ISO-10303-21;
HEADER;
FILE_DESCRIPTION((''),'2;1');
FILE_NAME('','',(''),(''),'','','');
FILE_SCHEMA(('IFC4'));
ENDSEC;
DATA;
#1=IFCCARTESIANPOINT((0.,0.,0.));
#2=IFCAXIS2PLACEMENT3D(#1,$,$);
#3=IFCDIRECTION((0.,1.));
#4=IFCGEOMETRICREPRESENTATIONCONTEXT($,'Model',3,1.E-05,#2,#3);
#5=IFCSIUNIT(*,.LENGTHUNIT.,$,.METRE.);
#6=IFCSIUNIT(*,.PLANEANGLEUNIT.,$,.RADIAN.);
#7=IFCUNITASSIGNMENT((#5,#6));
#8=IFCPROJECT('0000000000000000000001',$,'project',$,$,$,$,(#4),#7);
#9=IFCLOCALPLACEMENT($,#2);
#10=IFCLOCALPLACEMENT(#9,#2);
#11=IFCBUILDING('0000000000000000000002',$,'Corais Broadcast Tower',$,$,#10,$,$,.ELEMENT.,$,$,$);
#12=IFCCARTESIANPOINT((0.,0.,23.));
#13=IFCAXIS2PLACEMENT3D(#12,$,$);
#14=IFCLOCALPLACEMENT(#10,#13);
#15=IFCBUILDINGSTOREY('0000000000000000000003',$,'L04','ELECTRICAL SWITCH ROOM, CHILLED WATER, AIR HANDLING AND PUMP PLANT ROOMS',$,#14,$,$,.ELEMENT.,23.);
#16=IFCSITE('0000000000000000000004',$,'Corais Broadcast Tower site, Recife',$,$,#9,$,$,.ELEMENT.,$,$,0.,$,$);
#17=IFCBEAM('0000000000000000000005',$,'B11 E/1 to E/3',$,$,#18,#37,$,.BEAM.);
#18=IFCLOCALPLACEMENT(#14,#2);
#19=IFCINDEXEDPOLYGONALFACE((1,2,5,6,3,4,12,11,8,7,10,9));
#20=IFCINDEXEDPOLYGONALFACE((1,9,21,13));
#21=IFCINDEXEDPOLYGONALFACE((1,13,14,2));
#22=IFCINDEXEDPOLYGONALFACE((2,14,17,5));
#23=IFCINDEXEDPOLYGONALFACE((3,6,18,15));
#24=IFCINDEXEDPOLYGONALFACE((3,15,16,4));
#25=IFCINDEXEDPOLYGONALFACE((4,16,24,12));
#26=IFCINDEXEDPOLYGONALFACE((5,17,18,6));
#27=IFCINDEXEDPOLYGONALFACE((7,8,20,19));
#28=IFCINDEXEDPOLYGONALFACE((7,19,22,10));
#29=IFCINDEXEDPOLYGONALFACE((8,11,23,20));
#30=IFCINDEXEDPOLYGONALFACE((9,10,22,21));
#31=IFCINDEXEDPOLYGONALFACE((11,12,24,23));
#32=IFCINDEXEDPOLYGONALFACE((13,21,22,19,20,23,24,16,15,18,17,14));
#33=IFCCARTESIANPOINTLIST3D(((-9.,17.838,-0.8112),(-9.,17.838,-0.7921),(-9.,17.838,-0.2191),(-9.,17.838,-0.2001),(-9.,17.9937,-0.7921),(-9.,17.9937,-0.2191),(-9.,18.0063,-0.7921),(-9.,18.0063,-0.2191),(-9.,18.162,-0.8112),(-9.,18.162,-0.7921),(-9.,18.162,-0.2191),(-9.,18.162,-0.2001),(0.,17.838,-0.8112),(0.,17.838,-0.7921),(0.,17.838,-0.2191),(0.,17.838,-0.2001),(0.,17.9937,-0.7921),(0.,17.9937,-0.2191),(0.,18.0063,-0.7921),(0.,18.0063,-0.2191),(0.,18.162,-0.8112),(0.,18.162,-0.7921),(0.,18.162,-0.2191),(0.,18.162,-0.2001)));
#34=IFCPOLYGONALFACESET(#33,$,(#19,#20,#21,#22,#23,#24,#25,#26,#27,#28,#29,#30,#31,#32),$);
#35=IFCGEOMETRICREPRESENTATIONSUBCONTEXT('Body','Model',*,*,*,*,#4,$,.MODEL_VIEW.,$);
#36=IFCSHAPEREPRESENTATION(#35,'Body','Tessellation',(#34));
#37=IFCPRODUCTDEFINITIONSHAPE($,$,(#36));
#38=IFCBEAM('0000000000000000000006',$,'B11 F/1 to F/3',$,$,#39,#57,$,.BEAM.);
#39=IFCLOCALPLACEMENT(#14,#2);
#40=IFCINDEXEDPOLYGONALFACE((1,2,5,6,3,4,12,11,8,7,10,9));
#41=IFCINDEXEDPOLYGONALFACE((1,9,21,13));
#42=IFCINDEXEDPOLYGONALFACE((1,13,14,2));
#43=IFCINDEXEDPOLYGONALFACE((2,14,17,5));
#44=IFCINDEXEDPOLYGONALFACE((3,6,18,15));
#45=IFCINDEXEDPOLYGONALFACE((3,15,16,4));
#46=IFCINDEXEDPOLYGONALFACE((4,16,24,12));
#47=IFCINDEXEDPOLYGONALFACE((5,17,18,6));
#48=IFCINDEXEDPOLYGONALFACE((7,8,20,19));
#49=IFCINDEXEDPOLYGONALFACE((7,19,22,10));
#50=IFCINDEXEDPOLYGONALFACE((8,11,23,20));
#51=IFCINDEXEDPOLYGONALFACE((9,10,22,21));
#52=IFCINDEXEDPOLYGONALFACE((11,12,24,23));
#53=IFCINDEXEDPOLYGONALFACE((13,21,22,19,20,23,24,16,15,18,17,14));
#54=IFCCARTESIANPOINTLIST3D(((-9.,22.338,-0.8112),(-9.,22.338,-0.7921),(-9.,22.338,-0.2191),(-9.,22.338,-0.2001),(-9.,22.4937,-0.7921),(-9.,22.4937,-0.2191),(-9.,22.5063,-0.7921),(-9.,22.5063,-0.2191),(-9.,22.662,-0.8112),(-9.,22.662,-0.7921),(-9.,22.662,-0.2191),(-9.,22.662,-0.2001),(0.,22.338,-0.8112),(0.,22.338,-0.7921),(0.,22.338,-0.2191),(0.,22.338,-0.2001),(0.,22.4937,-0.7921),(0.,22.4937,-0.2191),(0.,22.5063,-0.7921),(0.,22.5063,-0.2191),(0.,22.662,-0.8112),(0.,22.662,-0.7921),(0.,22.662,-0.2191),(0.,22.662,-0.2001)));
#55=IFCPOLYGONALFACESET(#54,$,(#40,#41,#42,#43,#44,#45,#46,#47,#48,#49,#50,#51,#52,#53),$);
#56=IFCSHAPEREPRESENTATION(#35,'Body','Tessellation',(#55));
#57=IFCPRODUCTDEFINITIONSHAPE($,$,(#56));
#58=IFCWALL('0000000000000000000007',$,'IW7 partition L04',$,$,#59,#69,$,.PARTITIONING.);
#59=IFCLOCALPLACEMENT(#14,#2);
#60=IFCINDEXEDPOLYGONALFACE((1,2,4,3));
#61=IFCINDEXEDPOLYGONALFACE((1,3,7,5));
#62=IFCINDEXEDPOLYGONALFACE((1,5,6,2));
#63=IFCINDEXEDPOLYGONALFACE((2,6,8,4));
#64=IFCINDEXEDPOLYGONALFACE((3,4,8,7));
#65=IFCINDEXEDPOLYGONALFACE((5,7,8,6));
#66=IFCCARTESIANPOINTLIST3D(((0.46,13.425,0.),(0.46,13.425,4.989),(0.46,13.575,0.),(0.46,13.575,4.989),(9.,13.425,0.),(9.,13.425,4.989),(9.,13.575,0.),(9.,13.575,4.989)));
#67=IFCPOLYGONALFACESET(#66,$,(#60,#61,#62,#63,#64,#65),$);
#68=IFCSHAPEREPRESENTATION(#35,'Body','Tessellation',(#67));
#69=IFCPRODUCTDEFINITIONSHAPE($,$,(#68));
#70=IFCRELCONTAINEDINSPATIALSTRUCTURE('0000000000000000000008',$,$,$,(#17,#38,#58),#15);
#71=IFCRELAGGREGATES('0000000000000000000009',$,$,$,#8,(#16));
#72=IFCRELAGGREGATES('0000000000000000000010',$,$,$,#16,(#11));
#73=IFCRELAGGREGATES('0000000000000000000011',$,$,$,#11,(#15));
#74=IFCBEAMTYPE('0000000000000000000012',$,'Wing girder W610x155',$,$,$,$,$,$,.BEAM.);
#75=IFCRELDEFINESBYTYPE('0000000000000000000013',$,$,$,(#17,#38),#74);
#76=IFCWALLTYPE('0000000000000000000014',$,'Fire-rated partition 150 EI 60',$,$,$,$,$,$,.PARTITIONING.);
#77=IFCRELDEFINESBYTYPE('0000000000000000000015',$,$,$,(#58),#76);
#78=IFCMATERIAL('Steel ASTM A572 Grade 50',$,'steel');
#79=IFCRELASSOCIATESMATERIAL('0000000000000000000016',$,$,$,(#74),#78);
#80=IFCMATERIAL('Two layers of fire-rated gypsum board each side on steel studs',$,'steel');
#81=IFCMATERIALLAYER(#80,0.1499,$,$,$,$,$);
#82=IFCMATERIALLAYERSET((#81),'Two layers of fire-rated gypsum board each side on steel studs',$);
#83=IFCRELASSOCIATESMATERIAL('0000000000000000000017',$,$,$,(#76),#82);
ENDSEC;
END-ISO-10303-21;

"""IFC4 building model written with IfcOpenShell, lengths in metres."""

from ifc_helpers import new_model, si_unit, direction, frame, frame_2d, origin, origin_2d, place, context, subcontext, project, spatial, rectangle, i_section, extrude, material, layer, layer_set, material_profile, profile_set, type_object, element, save


model = new_model("IFC4")

# Units and contexts
model_context = context("Model", 3, precision=1e-05, world=origin(), true_north=direction((0.0, 1.0)))
body_context = subcontext(model_context, "Body", "Model", "MODEL_VIEW")
ifc_project = project(units=[si_unit("LENGTHUNIT", "METRE"), si_unit("PLANEANGLEUNIT", "RADIAN")], contexts=[model_context])

# Site, building, storey
site_placement = place(None, origin())
site = spatial("IfcSite", under=ifc_project, at=site_placement, Name="Corais Broadcast Tower site, Recife", CompositionType="ELEMENT", RefElevation=0.0)
building_placement = place(site_placement, origin())
building = spatial("IfcBuilding", under=site, at=building_placement, Name="Corais Broadcast Tower", CompositionType="ELEMENT")
storey_placement = place(building_placement, frame((0.0, 0.0, 23.0)))
storey = spatial("IfcBuildingStorey", under=building, at=storey_placement, Name="L04", Description="ELECTRICAL SWITCH ROOM, CHILLED WATER, AIR HANDLING AND PUMP PLANT ROOMS", CompositionType="ELEMENT", Elevation=23.0)

# Beams
ifc_material_1 = material(Name="Steel ASTM A572 Grade 50", Category="steel")
ifc_material_profile_1 = material_profile(ifc_material_1, i_section(OverallWidth=0.324, OverallDepth=0.6111, WebThickness=0.0127, FlangeThickness=0.019, at=origin_2d()), Name="W610x155")
ifc_profile_set_1 = profile_set([ifc_material_profile_1], Name="Steel ASTM A572 Grade 50")
beam_type_1 = type_object("IfcBeamType", Name="Wing girder W610x155", PredefinedType="BEAM", material=ifc_profile_set_1)
for number, where, z_axis, x_axis, name in (
    (1, (-9.0, 18.0, -0.5056), (1.0, 0.0, 0.0), (0.0, 1.0, 0.0), "B11 E/1 to E/3"),
    (2, (-9.0, 22.5, -0.5056), (1.0, 0.0, 0.0), (0.0, 1.0, 0.0), "B11 F/1 to F/3"),
):
    element("IfcBeam", number, at=place(storey_placement, frame(where, z_axis=z_axis, x_axis=x_axis)), inside=storey, type_object=beam_type_1, Name=name, PredefinedType="BEAM", context=body_context, shape_type="SweptSolid", body=[
        extrude(i_section(OverallWidth=0.324, OverallDepth=0.6111, WebThickness=0.0127, FlangeThickness=0.019, at=origin_2d()), origin(), (0.0, 0.0, 1.0), 9.0),
    ])

# Wall
ifc_material_2 = material(Name="Two layers of fire-rated gypsum board each side on steel studs", Category="steel")
ifc_layer = layer(ifc_material_2, 0.1499)
ifc_layer_set = layer_set([ifc_layer], Name="Two layers of fire-rated gypsum board each side on steel studs")
wall_type = type_object("IfcWallType", Name="Fire-rated partition 150 EI 60", PredefinedType="PARTITIONING", material=ifc_layer_set)
wall_placement = place(storey_placement, frame((0.46, 13.5, 0.0), z_axis=(0.0, 0.0, 1.0), x_axis=(1.0, 0.0, 0.0)))
element("IfcWall", 3, at=wall_placement, inside=storey, type_object=wall_type, Name="IW7 partition L04", PredefinedType="PARTITIONING", context=body_context, shape_type="SweptSolid", body=[
    extrude(rectangle(XDim=8.54, YDim=0.1499, at=frame_2d((4.27, 0.0))), origin(), (0.0, 0.0, 1.0), 4.989),
])

save(model, "model.ifc")
